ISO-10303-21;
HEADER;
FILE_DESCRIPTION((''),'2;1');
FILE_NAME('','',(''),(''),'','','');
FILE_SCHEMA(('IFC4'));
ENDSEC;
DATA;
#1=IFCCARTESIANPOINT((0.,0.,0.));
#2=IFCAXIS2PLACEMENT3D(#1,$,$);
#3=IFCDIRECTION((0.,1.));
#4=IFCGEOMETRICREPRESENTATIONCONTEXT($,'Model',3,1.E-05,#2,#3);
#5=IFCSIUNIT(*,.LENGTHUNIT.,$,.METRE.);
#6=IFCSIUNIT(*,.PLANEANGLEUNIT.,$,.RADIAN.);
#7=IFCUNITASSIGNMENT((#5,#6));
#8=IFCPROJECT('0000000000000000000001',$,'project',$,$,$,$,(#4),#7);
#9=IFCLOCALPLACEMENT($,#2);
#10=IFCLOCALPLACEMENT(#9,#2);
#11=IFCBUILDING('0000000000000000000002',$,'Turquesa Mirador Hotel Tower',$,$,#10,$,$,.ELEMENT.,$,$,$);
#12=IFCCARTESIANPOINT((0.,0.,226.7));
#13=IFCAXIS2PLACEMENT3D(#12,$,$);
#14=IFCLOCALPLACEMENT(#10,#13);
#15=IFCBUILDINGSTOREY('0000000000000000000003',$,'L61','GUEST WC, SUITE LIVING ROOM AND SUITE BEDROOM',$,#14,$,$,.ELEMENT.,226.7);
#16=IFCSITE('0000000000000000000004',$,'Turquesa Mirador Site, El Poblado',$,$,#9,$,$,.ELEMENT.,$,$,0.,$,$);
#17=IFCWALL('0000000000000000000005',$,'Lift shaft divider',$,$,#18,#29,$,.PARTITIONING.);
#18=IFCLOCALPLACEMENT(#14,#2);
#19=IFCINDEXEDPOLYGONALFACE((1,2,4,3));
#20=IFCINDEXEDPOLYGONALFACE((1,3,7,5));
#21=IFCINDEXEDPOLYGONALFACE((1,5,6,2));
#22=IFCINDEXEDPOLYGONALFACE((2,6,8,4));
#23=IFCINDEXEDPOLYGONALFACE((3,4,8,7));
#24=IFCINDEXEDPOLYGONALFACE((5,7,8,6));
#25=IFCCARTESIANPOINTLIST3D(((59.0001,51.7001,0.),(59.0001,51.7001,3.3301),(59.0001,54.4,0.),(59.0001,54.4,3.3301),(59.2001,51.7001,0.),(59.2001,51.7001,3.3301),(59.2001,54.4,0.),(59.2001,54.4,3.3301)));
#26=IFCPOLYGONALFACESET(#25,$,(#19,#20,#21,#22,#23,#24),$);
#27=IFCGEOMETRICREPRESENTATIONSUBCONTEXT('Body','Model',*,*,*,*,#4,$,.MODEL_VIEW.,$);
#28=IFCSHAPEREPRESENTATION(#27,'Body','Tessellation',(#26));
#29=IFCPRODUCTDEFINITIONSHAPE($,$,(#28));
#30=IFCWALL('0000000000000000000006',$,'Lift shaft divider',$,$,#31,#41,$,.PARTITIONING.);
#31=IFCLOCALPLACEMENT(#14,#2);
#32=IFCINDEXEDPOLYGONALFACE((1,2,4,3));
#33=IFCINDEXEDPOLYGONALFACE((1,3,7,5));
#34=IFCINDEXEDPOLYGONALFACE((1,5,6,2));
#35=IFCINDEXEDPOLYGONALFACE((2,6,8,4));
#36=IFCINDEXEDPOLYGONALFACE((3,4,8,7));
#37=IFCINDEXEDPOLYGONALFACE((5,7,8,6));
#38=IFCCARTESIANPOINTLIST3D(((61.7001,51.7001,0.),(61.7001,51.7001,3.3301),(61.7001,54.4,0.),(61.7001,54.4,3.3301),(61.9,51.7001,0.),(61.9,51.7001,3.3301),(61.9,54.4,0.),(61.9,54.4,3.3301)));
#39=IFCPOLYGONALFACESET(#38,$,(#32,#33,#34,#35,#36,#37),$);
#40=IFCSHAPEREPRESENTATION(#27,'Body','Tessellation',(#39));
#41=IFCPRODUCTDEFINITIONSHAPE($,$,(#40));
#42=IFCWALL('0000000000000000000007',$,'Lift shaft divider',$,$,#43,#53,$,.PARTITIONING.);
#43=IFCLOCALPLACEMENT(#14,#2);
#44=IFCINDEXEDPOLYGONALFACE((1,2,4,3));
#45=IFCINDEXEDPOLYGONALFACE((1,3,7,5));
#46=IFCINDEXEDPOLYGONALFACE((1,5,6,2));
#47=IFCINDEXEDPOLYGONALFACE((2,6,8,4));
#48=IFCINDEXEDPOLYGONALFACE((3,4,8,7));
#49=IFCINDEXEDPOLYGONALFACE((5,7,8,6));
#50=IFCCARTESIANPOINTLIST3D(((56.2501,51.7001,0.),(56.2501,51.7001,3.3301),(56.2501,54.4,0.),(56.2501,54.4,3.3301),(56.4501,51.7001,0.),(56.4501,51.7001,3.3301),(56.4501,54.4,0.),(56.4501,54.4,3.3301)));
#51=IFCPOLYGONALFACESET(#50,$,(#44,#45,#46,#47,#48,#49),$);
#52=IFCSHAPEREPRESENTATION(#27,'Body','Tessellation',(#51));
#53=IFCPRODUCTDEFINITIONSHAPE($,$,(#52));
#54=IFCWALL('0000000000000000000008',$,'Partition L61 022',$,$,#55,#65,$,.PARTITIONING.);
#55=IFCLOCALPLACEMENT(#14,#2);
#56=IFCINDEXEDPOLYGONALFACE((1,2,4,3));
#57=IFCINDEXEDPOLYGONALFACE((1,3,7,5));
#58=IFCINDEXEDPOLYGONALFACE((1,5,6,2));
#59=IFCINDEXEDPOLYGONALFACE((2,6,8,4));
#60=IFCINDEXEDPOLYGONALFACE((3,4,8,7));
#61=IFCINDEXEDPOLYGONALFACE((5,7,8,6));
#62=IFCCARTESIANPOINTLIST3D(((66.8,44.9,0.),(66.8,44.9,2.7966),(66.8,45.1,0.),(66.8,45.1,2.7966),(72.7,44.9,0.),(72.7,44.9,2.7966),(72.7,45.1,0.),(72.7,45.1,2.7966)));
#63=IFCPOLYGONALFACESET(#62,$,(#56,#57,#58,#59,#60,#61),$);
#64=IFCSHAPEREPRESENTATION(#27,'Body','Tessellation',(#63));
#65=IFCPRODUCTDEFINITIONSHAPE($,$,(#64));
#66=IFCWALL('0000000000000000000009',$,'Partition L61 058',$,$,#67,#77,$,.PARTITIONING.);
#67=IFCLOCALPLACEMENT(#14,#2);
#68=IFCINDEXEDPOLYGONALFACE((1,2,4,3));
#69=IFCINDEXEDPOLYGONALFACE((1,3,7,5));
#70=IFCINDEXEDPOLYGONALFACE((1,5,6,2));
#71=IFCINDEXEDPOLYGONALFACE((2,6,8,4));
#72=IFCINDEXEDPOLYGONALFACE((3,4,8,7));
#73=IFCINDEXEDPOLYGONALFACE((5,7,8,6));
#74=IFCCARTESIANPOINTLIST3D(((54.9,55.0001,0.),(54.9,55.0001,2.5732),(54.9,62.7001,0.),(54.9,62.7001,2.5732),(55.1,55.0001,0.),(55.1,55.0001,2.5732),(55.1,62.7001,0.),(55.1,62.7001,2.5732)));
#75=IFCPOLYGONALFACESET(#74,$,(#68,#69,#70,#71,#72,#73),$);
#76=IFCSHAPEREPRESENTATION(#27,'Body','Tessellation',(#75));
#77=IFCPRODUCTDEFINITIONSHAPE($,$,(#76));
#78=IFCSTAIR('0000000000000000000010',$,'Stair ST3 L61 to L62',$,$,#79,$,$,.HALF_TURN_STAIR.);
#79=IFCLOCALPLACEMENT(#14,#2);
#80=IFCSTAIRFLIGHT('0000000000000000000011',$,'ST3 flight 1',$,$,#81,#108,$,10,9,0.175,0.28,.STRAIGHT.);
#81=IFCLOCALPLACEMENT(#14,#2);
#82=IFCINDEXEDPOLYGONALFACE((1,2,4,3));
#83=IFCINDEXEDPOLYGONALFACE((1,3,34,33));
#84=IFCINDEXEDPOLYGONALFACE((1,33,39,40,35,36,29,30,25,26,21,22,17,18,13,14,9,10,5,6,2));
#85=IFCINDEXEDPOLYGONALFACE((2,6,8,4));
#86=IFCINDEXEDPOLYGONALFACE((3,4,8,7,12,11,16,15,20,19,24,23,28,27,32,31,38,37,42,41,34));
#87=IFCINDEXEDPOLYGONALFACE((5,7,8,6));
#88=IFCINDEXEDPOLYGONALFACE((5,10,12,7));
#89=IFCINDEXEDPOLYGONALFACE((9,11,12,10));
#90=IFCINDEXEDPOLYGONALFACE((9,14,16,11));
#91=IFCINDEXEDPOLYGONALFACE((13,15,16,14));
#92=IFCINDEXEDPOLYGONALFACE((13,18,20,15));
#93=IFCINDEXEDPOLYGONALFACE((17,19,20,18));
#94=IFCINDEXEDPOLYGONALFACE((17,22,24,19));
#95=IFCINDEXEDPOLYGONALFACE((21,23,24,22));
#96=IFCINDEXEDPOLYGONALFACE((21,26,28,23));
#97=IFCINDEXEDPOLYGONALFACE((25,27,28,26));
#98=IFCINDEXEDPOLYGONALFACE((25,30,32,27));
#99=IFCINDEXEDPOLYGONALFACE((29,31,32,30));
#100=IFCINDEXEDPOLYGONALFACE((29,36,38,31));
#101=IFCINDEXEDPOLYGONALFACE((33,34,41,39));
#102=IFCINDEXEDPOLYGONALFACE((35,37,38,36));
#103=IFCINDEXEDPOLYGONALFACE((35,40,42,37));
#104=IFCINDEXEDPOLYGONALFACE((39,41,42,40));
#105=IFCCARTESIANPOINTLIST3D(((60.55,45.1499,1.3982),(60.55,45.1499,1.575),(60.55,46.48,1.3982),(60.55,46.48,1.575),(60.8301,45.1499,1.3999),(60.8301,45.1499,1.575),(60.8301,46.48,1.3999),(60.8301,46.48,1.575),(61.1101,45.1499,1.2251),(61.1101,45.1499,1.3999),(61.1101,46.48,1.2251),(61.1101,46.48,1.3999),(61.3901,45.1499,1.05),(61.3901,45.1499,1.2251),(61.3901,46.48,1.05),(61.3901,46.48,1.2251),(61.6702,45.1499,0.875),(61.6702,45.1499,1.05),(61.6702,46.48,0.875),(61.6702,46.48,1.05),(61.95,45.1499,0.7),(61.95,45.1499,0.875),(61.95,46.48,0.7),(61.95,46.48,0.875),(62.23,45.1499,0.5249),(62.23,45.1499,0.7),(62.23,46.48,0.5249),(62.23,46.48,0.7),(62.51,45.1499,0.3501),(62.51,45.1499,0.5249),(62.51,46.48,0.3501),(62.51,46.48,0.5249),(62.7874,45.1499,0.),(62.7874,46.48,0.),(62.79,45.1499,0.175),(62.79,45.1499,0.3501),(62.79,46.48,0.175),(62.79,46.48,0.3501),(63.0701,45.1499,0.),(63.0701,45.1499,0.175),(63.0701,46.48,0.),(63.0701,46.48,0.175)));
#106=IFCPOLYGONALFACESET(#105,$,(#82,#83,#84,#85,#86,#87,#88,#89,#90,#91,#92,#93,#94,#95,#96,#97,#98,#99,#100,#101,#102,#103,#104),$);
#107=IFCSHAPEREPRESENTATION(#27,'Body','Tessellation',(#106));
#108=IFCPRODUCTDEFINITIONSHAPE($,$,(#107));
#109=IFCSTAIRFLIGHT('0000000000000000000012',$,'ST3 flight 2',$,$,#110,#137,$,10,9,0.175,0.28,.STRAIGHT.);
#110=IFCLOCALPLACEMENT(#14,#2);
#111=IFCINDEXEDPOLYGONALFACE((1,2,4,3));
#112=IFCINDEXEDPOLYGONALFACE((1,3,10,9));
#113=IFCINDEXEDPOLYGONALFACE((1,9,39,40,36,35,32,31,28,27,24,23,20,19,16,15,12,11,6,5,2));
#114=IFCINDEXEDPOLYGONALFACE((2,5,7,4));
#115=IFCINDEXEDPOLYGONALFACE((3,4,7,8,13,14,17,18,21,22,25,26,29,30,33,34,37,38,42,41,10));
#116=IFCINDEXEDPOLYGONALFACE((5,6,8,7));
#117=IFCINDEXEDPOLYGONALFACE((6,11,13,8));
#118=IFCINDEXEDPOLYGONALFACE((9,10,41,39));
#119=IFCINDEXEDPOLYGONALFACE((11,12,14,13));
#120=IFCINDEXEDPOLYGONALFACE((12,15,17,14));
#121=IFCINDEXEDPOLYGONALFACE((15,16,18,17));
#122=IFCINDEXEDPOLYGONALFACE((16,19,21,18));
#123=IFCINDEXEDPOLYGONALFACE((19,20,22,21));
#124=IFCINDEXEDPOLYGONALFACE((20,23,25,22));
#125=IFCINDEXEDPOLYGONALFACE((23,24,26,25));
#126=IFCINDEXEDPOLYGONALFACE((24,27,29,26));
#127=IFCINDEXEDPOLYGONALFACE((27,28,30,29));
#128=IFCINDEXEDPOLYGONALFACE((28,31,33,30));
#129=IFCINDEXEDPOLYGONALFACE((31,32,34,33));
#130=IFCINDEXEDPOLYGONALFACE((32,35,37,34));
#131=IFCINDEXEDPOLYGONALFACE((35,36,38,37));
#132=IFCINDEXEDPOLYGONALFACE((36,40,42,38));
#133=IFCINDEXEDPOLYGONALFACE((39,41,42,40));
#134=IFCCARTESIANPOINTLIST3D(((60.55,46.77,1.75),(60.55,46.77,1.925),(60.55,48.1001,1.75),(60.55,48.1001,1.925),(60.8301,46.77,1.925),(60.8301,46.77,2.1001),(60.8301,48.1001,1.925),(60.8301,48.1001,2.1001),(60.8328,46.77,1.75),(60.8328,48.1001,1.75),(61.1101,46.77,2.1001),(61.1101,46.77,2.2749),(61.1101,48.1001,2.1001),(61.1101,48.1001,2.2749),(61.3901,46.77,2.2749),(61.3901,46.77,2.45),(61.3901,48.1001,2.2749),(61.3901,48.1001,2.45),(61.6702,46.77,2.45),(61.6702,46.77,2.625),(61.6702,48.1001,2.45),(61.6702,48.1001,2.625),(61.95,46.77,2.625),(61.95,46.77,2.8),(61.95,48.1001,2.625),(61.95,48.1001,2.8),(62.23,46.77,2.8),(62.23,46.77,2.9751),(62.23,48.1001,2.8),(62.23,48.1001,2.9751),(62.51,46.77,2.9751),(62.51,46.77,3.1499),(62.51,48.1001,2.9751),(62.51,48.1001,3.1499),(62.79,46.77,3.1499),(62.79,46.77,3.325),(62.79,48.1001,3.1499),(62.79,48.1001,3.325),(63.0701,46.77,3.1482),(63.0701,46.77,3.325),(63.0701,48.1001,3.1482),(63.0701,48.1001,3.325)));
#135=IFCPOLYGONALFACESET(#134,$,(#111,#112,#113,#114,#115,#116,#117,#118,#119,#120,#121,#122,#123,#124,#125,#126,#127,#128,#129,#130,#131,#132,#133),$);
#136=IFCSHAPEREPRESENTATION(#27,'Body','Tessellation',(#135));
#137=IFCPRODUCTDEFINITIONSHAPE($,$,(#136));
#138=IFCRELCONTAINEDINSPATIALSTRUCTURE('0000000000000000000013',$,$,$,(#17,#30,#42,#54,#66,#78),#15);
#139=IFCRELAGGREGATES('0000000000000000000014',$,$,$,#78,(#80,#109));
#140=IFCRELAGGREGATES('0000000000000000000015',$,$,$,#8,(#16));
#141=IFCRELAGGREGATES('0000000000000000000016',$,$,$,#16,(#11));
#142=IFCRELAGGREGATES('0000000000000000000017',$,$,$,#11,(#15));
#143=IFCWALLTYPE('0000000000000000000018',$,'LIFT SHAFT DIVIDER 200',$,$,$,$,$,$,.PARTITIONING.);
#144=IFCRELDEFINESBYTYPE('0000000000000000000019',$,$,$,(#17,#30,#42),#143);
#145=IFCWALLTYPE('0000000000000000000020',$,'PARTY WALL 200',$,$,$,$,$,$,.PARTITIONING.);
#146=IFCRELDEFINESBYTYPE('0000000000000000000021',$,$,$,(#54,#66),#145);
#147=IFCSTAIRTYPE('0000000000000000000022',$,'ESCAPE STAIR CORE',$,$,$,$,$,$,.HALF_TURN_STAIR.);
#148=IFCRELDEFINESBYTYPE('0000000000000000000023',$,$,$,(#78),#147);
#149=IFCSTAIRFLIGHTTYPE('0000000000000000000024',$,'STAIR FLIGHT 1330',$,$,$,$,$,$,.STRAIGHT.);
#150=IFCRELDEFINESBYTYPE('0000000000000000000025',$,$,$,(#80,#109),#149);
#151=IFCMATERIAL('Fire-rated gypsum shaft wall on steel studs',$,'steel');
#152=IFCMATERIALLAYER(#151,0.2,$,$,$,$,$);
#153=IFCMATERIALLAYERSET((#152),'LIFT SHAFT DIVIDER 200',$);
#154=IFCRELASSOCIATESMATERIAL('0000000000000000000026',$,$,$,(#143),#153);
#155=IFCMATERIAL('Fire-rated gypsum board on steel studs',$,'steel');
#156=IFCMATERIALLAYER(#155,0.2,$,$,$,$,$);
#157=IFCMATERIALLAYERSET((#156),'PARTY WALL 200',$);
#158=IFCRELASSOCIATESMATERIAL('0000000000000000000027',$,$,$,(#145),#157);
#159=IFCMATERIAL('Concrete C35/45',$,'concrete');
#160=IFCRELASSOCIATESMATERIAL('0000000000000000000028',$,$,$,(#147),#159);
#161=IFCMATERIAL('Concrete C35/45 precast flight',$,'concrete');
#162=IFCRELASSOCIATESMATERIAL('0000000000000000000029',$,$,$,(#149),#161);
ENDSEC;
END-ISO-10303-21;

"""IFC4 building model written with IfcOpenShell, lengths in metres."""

from ifc_helpers import new_model, si_unit, direction, frame, frame_2d, origin, place, context, subcontext, project, spatial, polyline, rectangle, outline, extrude, material, layer, layer_set, type_object, element, aggregate, save


model = new_model("IFC4")

# Units and contexts
model_context = context("Model", 3, precision=1e-05, world=origin(), true_north=direction((0.0, 1.0)))
body_context = subcontext(model_context, "Body", "Model", "MODEL_VIEW")
ifc_project = project(units=[si_unit("LENGTHUNIT", "METRE"), si_unit("PLANEANGLEUNIT", "RADIAN")], contexts=[model_context])

# Site, building, storey
site_placement = place(None, origin())
site = spatial("IfcSite", under=ifc_project, at=site_placement, Name="Turquesa Mirador Site, El Poblado", CompositionType="ELEMENT", RefElevation=0.0)
building_placement = place(site_placement, origin())
building = spatial("IfcBuilding", under=site, at=building_placement, Name="Turquesa Mirador Hotel Tower", CompositionType="ELEMENT")
storey_placement = place(building_placement, frame((0.0, 0.0, 226.7)))
storey = spatial("IfcBuildingStorey", under=building, at=storey_placement, Name="L61", Description="GUEST WC, SUITE LIVING ROOM AND SUITE BEDROOM", CompositionType="ELEMENT", Elevation=226.7)

# Walls
ifc_material_1 = material(Name="Fire-rated gypsum shaft wall on steel studs", Category="steel")
ifc_layer_1 = layer(ifc_material_1, 0.2)
ifc_layer_set_1 = layer_set([ifc_layer_1], Name="LIFT SHAFT DIVIDER 200")
wall_type_1 = type_object("IfcWallType", Name="LIFT SHAFT DIVIDER 200", PredefinedType="PARTITIONING", material=ifc_layer_set_1)
for number, where, z_axis, x_axis, name in (
    (1, (59.1001, 51.7, 0.0), (0.0, 0.0, 1.0), (0.0, 1.0, 0.0), "Lift shaft divider"),
    (2, (61.8, 51.7, 0.0), (0.0, 0.0, 1.0), (0.0, 1.0, 0.0), "Lift shaft divider"),
    (3, (56.3501, 51.7, 0.0), (0.0, 0.0, 1.0), (0.0, 1.0, 0.0), "Lift shaft divider"),
):
    element("IfcWall", number, at=place(storey_placement, frame(where, z_axis=z_axis, x_axis=x_axis)), inside=storey, type_object=wall_type_1, Name=name, PredefinedType="PARTITIONING", context=body_context, shape_type="SweptSolid", body=[
        extrude(rectangle(XDim=2.7, YDim=0.2, at=frame_2d((1.3501, 0.0))), origin(), (0.0, 0.0, 1.0), 3.3301),
    ])
ifc_material_2 = material(Name="Fire-rated gypsum board on steel studs", Category="steel")
ifc_layer_2 = layer(ifc_material_2, 0.2)
ifc_layer_set_2 = layer_set([ifc_layer_2], Name="PARTY WALL 200")
wall_type_2 = type_object("IfcWallType", Name="PARTY WALL 200", PredefinedType="PARTITIONING", material=ifc_layer_set_2)
wall_1_placement = place(storey_placement, frame((66.8, 45.0, 0.0), z_axis=(0.0, 0.0, 1.0), x_axis=(1.0, 0.0, 0.0)))
element("IfcWall", 4, at=wall_1_placement, inside=storey, type_object=wall_type_2, Name="Partition L61 022", PredefinedType="PARTITIONING", context=body_context, shape_type="SweptSolid", body=[
    extrude(rectangle(XDim=5.8999, YDim=0.2, at=frame_2d((2.95, 0.0))), origin(), (0.0, 0.0, 1.0), 2.7966),
])
wall_2_placement = place(storey_placement, frame((55.0, 55.0, 0.0), z_axis=(0.0, 0.0, 1.0), x_axis=(0.0, 1.0, 0.0)))
element("IfcWall", 5, at=wall_2_placement, inside=storey, type_object=wall_type_2, Name="Partition L61 058", PredefinedType="PARTITIONING", context=body_context, shape_type="SweptSolid", body=[
    extrude(rectangle(XDim=7.7, YDim=0.2, at=frame_2d((3.8501, 0.0))), origin(), (0.0, 0.0, 1.0), 2.5732),
])

# Stair, stair flights
ifc_material_3 = material(Name="Concrete C35/45", Category="concrete")
stair_type = type_object("IfcStairType", Name="ESCAPE STAIR CORE", PredefinedType="HALF_TURN_STAIR", material=ifc_material_3)
stair_placement = place(storey_placement, origin())
stair = element("IfcStair", 6, at=stair_placement, inside=storey, type_object=stair_type, Name="Stair ST3 L61 to L62", PredefinedType="HALF_TURN_STAIR")
ifc_material_4 = material(Name="Concrete C35/45 precast flight", Category="concrete")
stair_flight_type = type_object("IfcStairFlightType", Name="STAIR FLIGHT 1330", PredefinedType="STRAIGHT", material=ifc_material_4)
stair_flight_1_placement = place(storey_placement, frame((63.0701, 45.8149, 0.0), z_axis=(0.0, 0.0, 1.0), x_axis=(-1.0, 0.0, 0.0)))
stair_flight_1 = element("IfcStairFlight", 7, at=stair_flight_1_placement, type_object=stair_flight_type, Name="ST3 flight 1", NumberOfRisers=10, NumberOfTreads=9, PredefinedType="STRAIGHT", RiserHeight=0.175, TreadLength=0.28, context=body_context, shape_type="SweptSolid", body=[
    extrude(outline(polyline([(0.0, 0.0), (0.0, 0.175), (0.28, 0.175), (0.28, 0.3501), (0.5601, 0.3501), (0.5601, 0.5249), (0.8401, 0.5249), (0.8401, 0.7), (1.1201, 0.7), (1.1201, 0.875), (1.3999, 0.875), (1.3999, 1.05), (1.6799, 1.05), (1.6799, 1.2251), (1.96, 1.2251), (1.96, 1.3999), (2.24, 1.3999), (2.24, 1.575), (2.52, 1.575), (2.52, 1.75), (2.52, 1.3982), (0.2827, 0.0), (0.0, 0.0)])), frame((0.0, 0.665, 0.0), z_axis=(0.0, -1.0, 0.0), x_axis=(1.0, 0.0, 0.0)), (0.0, 0.0, 1.0), 1.3301),
])
stair_flight_2_placement = place(storey_placement, frame((60.55, 47.4351, 1.75), z_axis=(0.0, 0.0, 1.0), x_axis=(1.0, 0.0, 0.0)))
stair_flight_2 = element("IfcStairFlight", 8, at=stair_flight_2_placement, type_object=stair_flight_type, Name="ST3 flight 2", NumberOfRisers=10, NumberOfTreads=9, PredefinedType="STRAIGHT", RiserHeight=0.175, TreadLength=0.28, context=body_context, shape_type="SweptSolid", body=[
    extrude(outline(polyline([(0.0, 0.0), (0.0, 0.175), (0.28, 0.175), (0.28, 0.3501), (0.5601, 0.3501), (0.5601, 0.5249), (0.8401, 0.5249), (0.8401, 0.7), (1.1201, 0.7), (1.1201, 0.875), (1.3999, 0.875), (1.3999, 1.05), (1.6799, 1.05), (1.6799, 1.2251), (1.96, 1.2251), (1.96, 1.3999), (2.24, 1.3999), (2.24, 1.575), (2.52, 1.575), (2.52, 1.75), (2.52, 1.3982), (0.2827, 0.0), (0.0, 0.0)])), frame((0.0, 0.665, 0.0), z_axis=(0.0, -1.0, 0.0), x_axis=(1.0, 0.0, 0.0)), (0.0, 0.0, 1.0), 1.3301),
])
aggregate(stair, [stair_flight_1, stair_flight_2])

save(model, "model.ifc")
